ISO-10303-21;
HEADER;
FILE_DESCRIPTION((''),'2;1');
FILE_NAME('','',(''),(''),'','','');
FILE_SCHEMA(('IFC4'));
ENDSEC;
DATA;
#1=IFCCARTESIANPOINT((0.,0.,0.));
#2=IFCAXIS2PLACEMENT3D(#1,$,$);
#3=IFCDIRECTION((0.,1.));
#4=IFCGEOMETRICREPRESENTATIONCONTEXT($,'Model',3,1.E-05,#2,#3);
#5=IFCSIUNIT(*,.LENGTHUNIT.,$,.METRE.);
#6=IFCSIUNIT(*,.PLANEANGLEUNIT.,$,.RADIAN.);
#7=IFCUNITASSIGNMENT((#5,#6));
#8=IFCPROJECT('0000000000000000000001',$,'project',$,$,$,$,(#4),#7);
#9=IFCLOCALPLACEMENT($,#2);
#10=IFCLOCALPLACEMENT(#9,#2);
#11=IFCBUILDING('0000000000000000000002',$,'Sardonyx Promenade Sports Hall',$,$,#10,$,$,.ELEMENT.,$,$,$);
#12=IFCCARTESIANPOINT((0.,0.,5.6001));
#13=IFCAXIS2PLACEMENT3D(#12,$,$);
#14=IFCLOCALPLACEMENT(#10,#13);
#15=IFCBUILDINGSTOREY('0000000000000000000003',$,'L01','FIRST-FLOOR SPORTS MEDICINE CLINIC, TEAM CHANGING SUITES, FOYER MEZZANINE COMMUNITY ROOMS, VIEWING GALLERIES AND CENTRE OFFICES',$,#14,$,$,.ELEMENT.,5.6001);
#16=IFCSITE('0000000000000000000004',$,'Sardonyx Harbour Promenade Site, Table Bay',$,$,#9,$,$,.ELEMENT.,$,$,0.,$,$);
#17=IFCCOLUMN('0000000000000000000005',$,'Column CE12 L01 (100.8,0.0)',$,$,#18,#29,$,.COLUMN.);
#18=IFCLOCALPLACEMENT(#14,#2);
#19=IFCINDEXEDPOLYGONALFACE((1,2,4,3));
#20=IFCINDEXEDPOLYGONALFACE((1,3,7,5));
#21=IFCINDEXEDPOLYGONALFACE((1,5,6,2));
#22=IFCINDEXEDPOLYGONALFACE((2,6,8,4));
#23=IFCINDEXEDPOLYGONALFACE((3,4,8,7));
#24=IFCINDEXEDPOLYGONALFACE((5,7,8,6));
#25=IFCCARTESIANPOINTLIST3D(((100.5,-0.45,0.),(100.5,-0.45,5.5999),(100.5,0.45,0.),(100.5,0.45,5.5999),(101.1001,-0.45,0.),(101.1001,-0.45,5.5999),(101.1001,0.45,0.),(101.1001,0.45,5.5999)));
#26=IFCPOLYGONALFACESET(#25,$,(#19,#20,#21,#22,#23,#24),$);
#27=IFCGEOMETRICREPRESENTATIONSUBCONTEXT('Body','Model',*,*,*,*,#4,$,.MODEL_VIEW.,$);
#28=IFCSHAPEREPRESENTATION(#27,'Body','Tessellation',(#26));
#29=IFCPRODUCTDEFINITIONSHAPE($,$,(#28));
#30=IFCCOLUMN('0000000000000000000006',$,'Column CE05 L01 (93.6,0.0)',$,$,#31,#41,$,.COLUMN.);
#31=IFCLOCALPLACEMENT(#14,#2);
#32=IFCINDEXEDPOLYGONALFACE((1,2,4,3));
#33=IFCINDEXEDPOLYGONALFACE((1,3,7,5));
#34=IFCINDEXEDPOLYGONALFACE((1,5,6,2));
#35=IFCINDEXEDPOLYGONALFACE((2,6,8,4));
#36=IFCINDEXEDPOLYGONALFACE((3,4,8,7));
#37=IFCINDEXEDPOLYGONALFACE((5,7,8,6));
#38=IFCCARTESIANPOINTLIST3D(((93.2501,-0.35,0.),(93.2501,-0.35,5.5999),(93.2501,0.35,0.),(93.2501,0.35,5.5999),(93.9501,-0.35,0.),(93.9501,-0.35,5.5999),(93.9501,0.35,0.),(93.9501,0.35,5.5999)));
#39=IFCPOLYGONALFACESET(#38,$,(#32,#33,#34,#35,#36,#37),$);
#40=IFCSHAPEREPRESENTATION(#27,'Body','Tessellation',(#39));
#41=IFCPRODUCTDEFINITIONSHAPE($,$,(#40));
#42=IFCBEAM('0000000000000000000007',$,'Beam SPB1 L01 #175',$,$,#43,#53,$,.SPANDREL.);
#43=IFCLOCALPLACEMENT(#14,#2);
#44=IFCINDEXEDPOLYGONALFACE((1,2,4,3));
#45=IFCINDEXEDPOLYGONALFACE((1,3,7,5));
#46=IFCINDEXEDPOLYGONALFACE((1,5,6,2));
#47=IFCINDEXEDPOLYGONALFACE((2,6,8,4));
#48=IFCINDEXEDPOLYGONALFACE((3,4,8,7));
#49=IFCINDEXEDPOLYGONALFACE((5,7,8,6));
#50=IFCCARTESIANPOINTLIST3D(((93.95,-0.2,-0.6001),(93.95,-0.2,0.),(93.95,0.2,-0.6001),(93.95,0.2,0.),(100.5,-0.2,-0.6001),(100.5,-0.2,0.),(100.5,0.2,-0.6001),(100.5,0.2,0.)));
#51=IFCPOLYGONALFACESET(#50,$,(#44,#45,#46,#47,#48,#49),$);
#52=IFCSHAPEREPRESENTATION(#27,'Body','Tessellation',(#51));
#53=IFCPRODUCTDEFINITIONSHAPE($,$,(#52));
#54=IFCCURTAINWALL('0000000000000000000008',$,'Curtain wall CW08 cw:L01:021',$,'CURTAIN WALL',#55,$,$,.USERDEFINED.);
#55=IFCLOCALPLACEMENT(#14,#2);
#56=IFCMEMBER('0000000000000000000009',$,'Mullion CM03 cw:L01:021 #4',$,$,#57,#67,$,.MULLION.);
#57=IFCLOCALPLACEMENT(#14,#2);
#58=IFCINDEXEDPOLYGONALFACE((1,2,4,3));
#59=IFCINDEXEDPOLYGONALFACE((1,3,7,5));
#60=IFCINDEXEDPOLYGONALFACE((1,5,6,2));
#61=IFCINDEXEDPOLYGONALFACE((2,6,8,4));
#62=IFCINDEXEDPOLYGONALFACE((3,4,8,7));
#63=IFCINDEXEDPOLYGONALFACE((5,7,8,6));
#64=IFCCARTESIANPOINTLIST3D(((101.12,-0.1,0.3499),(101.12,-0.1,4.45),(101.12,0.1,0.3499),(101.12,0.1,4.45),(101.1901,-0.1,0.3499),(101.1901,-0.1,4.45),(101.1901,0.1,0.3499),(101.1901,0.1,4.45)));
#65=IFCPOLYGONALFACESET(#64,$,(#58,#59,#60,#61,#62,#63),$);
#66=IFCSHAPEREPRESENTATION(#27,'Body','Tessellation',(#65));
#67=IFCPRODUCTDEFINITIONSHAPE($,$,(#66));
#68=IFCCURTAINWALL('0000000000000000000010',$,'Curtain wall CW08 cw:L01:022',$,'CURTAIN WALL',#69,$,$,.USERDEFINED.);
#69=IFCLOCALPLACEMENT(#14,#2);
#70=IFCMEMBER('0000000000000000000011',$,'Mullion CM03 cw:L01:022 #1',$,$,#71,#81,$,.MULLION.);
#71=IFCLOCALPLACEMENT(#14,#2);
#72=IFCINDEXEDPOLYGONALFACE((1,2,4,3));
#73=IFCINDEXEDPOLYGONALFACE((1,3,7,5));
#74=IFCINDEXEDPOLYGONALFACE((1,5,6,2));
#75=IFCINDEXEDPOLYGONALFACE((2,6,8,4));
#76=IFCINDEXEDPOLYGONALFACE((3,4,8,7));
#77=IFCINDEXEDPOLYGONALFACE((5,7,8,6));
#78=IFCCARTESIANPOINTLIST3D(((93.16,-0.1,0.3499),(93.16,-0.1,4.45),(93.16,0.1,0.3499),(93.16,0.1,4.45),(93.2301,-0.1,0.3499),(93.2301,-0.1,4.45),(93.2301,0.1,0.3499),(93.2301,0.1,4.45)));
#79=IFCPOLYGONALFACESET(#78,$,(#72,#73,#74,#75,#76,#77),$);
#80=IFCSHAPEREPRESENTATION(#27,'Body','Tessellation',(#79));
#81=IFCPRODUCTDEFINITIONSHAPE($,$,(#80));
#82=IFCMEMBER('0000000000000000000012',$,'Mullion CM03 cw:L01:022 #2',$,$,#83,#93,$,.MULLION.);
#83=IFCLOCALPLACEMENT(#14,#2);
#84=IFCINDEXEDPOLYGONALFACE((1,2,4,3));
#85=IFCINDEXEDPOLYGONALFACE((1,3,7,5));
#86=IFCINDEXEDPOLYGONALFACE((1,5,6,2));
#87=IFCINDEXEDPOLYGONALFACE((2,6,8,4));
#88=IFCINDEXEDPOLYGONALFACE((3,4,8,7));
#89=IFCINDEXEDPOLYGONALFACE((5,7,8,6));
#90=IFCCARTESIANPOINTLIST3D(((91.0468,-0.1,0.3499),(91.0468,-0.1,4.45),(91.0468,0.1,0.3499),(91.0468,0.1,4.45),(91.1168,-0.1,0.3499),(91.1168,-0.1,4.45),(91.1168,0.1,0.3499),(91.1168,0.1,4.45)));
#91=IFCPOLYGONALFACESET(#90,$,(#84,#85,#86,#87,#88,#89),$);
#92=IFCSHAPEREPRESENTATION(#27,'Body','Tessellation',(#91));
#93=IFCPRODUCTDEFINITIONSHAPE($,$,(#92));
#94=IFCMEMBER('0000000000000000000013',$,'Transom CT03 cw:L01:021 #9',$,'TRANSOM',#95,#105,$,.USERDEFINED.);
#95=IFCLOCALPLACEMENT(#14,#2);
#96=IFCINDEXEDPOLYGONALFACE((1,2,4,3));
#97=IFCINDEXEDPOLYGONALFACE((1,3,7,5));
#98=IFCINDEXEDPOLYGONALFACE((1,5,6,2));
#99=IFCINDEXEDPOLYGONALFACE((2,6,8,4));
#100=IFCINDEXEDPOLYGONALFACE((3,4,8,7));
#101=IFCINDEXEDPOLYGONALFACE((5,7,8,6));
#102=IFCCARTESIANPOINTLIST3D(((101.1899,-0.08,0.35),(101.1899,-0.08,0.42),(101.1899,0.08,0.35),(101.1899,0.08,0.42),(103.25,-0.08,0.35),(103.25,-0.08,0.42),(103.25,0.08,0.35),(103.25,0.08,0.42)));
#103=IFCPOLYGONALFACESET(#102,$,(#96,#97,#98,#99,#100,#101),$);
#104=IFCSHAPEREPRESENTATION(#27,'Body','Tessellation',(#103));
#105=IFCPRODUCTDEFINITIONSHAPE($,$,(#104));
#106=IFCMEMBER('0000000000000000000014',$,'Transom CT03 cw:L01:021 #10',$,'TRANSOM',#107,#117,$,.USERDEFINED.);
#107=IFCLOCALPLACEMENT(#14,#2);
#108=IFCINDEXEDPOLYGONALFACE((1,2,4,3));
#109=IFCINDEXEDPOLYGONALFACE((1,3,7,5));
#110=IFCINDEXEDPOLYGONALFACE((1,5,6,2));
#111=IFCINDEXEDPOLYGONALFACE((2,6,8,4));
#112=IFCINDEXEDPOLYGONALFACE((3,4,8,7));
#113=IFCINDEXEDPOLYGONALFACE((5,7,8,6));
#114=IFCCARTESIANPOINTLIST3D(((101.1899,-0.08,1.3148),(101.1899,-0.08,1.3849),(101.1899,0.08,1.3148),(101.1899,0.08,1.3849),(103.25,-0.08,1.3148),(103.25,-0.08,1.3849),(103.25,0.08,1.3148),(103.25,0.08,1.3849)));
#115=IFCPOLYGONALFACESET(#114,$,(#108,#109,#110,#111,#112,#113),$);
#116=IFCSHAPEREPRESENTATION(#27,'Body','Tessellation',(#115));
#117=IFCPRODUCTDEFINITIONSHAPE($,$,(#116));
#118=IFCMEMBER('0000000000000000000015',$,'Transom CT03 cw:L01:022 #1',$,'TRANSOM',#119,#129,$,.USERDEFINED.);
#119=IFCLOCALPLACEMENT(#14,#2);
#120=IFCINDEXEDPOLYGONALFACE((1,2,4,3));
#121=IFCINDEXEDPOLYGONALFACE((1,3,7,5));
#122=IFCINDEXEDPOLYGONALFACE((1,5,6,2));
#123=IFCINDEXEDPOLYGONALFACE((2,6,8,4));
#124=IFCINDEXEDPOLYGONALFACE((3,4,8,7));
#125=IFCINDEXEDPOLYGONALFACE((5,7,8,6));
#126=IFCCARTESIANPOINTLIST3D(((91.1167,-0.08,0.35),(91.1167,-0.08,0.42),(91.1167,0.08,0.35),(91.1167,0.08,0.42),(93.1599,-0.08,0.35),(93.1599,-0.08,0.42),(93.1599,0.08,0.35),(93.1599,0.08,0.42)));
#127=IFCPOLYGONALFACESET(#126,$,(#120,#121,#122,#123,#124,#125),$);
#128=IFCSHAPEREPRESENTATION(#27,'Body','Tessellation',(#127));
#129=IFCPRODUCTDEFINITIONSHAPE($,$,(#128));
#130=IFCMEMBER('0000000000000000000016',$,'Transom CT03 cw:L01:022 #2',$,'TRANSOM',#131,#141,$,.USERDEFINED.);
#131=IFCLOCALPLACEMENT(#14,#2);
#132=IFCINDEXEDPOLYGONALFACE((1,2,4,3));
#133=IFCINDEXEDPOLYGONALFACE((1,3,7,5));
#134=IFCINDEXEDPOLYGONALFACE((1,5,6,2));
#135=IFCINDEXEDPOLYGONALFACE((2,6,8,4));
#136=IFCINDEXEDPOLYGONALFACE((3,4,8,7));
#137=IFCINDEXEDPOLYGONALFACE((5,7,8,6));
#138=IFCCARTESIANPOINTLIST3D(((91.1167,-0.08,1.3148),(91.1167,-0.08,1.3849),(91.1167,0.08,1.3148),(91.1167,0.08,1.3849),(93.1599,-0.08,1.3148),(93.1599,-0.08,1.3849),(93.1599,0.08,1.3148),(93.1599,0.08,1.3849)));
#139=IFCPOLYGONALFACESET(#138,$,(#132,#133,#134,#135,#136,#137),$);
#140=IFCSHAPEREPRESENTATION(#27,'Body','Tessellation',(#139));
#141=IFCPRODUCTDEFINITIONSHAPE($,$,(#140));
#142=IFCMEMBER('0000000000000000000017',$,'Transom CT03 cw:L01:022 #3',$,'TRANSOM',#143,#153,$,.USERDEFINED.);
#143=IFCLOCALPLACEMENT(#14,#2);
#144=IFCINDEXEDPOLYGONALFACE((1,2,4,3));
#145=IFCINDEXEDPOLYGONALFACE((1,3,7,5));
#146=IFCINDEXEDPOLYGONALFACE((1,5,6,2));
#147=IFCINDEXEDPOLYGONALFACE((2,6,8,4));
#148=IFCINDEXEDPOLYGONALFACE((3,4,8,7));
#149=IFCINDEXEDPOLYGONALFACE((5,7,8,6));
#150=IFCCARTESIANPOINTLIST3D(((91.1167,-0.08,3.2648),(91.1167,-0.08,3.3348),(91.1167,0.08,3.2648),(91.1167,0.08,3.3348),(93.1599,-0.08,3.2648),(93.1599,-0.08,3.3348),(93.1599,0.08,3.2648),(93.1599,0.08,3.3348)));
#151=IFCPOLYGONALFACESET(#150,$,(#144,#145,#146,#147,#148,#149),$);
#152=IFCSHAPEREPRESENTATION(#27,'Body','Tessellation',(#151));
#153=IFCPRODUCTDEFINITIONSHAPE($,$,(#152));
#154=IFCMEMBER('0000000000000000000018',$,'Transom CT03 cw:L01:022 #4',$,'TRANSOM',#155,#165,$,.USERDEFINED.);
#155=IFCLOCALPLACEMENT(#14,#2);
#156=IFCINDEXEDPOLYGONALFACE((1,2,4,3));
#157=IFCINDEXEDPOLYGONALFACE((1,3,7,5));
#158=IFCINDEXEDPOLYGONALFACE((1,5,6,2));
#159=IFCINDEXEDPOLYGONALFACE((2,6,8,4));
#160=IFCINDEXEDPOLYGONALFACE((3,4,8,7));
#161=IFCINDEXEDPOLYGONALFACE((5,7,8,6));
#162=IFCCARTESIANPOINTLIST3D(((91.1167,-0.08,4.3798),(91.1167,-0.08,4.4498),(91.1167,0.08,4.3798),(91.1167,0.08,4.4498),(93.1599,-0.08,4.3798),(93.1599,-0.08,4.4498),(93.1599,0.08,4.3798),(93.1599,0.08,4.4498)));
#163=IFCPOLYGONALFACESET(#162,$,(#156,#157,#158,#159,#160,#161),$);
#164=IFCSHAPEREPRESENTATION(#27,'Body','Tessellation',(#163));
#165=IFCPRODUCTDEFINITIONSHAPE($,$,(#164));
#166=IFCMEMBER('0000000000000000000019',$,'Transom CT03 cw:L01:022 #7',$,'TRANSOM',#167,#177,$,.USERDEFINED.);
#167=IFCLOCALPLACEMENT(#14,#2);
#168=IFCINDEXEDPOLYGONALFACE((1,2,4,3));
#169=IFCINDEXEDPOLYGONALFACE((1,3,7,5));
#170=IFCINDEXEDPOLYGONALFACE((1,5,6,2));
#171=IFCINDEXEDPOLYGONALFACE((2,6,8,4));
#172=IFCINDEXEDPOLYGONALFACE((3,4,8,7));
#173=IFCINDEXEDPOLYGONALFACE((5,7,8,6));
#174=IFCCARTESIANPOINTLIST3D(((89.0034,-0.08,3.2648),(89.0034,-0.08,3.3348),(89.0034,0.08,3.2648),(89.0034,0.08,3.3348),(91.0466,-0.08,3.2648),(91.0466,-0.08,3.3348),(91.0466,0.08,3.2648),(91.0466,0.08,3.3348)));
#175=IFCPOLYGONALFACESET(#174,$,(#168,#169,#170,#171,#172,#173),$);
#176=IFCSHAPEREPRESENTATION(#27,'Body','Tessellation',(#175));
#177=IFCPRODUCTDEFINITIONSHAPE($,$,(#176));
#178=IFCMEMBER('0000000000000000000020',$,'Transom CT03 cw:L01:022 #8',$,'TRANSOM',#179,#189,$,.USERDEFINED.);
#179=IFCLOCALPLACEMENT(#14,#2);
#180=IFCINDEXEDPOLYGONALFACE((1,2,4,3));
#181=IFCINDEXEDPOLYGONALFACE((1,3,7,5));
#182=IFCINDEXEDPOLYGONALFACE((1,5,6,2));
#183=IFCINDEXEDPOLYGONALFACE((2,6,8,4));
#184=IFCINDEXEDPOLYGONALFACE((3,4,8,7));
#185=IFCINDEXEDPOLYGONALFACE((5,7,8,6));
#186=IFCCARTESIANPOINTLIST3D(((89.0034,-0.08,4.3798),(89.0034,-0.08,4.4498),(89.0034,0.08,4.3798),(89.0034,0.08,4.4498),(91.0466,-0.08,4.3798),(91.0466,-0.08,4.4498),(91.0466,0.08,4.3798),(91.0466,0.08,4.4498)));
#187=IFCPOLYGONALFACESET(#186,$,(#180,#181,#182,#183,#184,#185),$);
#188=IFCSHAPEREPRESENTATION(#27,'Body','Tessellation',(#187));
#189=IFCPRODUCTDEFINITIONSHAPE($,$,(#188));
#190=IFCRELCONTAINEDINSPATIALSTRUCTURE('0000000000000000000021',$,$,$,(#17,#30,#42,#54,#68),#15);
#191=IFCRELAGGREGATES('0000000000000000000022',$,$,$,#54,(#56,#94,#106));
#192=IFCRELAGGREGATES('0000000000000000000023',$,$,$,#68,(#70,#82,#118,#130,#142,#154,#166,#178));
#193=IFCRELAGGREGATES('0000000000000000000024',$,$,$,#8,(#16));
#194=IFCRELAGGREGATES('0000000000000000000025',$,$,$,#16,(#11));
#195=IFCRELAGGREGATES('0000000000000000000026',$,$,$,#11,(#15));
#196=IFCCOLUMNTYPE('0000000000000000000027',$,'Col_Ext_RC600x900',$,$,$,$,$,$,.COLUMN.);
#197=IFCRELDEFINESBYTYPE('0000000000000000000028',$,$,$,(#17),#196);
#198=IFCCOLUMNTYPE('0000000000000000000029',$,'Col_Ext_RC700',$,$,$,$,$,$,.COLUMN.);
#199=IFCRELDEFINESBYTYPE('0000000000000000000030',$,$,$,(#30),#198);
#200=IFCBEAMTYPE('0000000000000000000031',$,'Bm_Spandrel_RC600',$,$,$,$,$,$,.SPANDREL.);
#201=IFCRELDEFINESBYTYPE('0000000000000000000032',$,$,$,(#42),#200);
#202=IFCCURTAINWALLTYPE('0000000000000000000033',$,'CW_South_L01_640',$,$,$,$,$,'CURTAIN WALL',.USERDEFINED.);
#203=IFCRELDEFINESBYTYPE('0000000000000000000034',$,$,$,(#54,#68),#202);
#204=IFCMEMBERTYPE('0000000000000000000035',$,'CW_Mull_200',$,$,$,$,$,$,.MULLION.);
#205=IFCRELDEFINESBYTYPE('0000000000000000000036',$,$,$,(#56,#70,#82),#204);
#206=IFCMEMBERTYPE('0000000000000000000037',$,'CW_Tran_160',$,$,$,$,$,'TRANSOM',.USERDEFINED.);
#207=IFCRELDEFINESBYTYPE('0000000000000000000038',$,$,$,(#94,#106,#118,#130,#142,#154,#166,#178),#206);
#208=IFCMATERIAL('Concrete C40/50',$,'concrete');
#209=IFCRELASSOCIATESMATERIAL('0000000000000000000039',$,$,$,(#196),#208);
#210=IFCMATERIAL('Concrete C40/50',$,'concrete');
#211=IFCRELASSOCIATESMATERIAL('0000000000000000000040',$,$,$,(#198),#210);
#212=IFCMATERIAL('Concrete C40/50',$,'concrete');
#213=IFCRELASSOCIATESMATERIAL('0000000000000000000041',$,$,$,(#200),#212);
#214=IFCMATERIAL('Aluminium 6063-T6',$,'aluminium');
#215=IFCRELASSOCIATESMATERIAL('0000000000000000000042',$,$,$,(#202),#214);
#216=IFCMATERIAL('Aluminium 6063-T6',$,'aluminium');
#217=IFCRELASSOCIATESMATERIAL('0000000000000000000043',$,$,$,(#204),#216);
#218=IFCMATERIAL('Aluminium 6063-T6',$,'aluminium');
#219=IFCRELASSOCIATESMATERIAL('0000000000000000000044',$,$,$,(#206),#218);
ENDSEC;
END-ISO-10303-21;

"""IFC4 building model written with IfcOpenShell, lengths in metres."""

from ifc_helpers import new_model, si_unit, direction, frame, origin, origin_2d, place, context, subcontext, project, spatial, rectangle, extrude, material, material_profile, profile_set, type_object, element, aggregate, save


model = new_model("IFC4")

# Units and contexts
model_context = context("Model", 3, precision=1e-05, world=origin(), true_north=direction((0.0, 1.0)))
body_context = subcontext(model_context, "Body", "Model", "MODEL_VIEW")
ifc_project = project(units=[si_unit("LENGTHUNIT", "METRE"), si_unit("PLANEANGLEUNIT", "RADIAN")], contexts=[model_context])

# Site, building, storey
site_placement = place(None, origin())
site = spatial("IfcSite", under=ifc_project, at=site_placement, Name="Sardonyx Harbour Promenade Site, Table Bay", CompositionType="ELEMENT", RefElevation=0.0)
building_placement = place(site_placement, origin())
building = spatial("IfcBuilding", under=site, at=building_placement, Name="Sardonyx Promenade Sports Hall", CompositionType="ELEMENT")
storey_placement = place(building_placement, frame((0.0, 0.0, 5.6001)))
storey = spatial("IfcBuildingStorey", under=building, at=storey_placement, Name="L01", Description="FIRST-FLOOR SPORTS MEDICINE CLINIC, TEAM CHANGING SUITES, FOYER MEZZANINE COMMUNITY ROOMS, VIEWING GALLERIES AND CENTRE OFFICES", CompositionType="ELEMENT", Elevation=5.6001)

# Columns
ifc_material_1 = material(Name="Concrete C40/50", Category="concrete")
ifc_material_profile_1 = material_profile(ifc_material_1, rectangle(XDim=0.6001, YDim=0.8999, at=origin_2d()))
ifc_profile_set_1 = profile_set([ifc_material_profile_1], Name="Concrete C40/50")
column_type_1 = type_object("IfcColumnType", Name="Col_Ext_RC600x900", PredefinedType="COLUMN", material=ifc_profile_set_1)
column_1_placement = place(storey_placement, frame((100.8, 0.0, 0.0), z_axis=(0.0, 0.0, 1.0), x_axis=(1.0, 0.0, 0.0)))
element("IfcColumn", 1, at=column_1_placement, inside=storey, type_object=column_type_1, Name="Column CE12 L01 (100.8,0.0)", PredefinedType="COLUMN", context=body_context, shape_type="SweptSolid", body=[
    extrude(rectangle(XDim=0.6001, YDim=0.8999, at=origin_2d()), origin(), (0.0, 0.0, 1.0), 5.5999),
])
ifc_material_2 = material(Name="Concrete C40/50", Category="concrete")
ifc_material_profile_2 = material_profile(ifc_material_2, rectangle(XDim=0.7, YDim=0.7, at=origin_2d()))
ifc_profile_set_2 = profile_set([ifc_material_profile_2], Name="Concrete C40/50")
column_type_2 = type_object("IfcColumnType", Name="Col_Ext_RC700", PredefinedType="COLUMN", material=ifc_profile_set_2)
column_2_placement = place(storey_placement, frame((93.6001, 0.0, 0.0), z_axis=(0.0, 0.0, 1.0), x_axis=(1.0, 0.0, 0.0)))
element("IfcColumn", 2, at=column_2_placement, inside=storey, type_object=column_type_2, Name="Column CE05 L01 (93.6,0.0)", PredefinedType="COLUMN", context=body_context, shape_type="SweptSolid", body=[
    extrude(rectangle(XDim=0.7, YDim=0.7, at=origin_2d()), origin(), (0.0, 0.0, 1.0), 5.5999),
])

# Beam
ifc_material_3 = material(Name="Concrete C40/50", Category="concrete")
ifc_material_profile_3 = material_profile(ifc_material_3, rectangle(XDim=0.3999, YDim=0.6001, at=origin_2d()))
ifc_profile_set_3 = profile_set([ifc_material_profile_3], Name="Concrete C40/50")
beam_type = type_object("IfcBeamType", Name="Bm_Spandrel_RC600", PredefinedType="SPANDREL", material=ifc_profile_set_3)
beam_placement = place(storey_placement, frame((93.95, 0.0, -0.3), z_axis=(1.0, 0.0, 0.0), x_axis=(0.0, 1.0, 0.0)))
element("IfcBeam", 3, at=beam_placement, inside=storey, type_object=beam_type, Name="Beam SPB1 L01 #175", PredefinedType="SPANDREL", context=body_context, shape_type="SweptSolid", body=[
    extrude(rectangle(XDim=0.3999, YDim=0.6001, at=origin_2d()), origin(), (0.0, 0.0, 1.0), 6.55),
])

# Curtain wall, member
ifc_material_4 = material(Name="Aluminium 6063-T6", Category="aluminium")
curtain_wall_type = type_object("IfcCurtainWallType", Name="CW_South_L01_640", ElementType="CURTAIN WALL", PredefinedType="USERDEFINED", material=ifc_material_4)
curtain_wall_1_placement = place(storey_placement, origin())
curtain_wall_1 = element("IfcCurtainWall", 4, at=curtain_wall_1_placement, inside=storey, type_object=curtain_wall_type, Name="Curtain wall CW08 cw:L01:021", ObjectType="CURTAIN WALL", PredefinedType="USERDEFINED")
ifc_material_5 = material(Name="Aluminium 6063-T6", Category="aluminium")
ifc_material_profile_4 = material_profile(ifc_material_5, rectangle(XDim=0.0701, YDim=0.2, at=origin_2d()))
ifc_profile_set_4 = profile_set([ifc_material_profile_4], Name="Aluminium 6063-T6")
member_type_1 = type_object("IfcMemberType", Name="CW_Mull_200", PredefinedType="MULLION", material=ifc_profile_set_4)
member_1_placement = place(storey_placement, frame((101.155, 0.0, 0.3499), z_axis=(0.0, 0.0, 1.0), x_axis=(-1.0, 0.0, 0.0)))
member_1 = element("IfcMember", 5, at=member_1_placement, type_object=member_type_1, Name="Mullion CM03 cw:L01:021 #4", PredefinedType="MULLION", context=body_context, shape_type="SweptSolid", body=[
    extrude(rectangle(XDim=0.0701, YDim=0.2, at=origin_2d()), origin(), (0.0, 0.0, 1.0), 4.1001),
])

# Curtain wall, members
curtain_wall_2_placement = place(storey_placement, origin())
curtain_wall_2 = element("IfcCurtainWall", 6, at=curtain_wall_2_placement, inside=storey, type_object=curtain_wall_type, Name="Curtain wall CW08 cw:L01:022", ObjectType="CURTAIN WALL", PredefinedType="USERDEFINED")
member_2_placement = place(storey_placement, frame((93.1951, 0.0, 0.3499), z_axis=(0.0, 0.0, 1.0), x_axis=(-1.0, 0.0, 0.0)))
member_2 = element("IfcMember", 7, at=member_2_placement, type_object=member_type_1, Name="Mullion CM03 cw:L01:022 #1", PredefinedType="MULLION", context=body_context, shape_type="SweptSolid", body=[
    extrude(rectangle(XDim=0.0701, YDim=0.2, at=origin_2d()), origin(), (0.0, 0.0, 1.0), 4.1001),
])
member_3_placement = place(storey_placement, frame((91.0818, 0.0, 0.3499), z_axis=(0.0, 0.0, 1.0), x_axis=(-1.0, 0.0, 0.0)))
member_3 = element("IfcMember", 8, at=member_3_placement, type_object=member_type_1, Name="Mullion CM03 cw:L01:022 #2", PredefinedType="MULLION", context=body_context, shape_type="SweptSolid", body=[
    extrude(rectangle(XDim=0.0701, YDim=0.2, at=origin_2d()), origin(), (0.0, 0.0, 1.0), 4.1001),
])

# Members
ifc_material_6 = material(Name="Aluminium 6063-T6", Category="aluminium")
ifc_material_profile_5 = material_profile(ifc_material_6, rectangle(XDim=0.0701, YDim=0.1599, at=origin_2d()))
ifc_profile_set_5 = profile_set([ifc_material_profile_5], Name="Aluminium 6063-T6")
member_type_2 = type_object("IfcMemberType", Name="CW_Tran_160", ElementType="TRANSOM", PredefinedType="USERDEFINED", material=ifc_profile_set_5)
member_4_placement = place(storey_placement, frame((103.25, 0.0, 0.385), z_axis=(-1.0, 0.0, 0.0), x_axis=(0.0, 0.0, 1.0)))
member_4 = element("IfcMember", 9, at=member_4_placement, type_object=member_type_2, Name="Transom CT03 cw:L01:021 #9", ObjectType="TRANSOM", PredefinedType="USERDEFINED", context=body_context, shape_type="SweptSolid", body=[
    extrude(rectangle(XDim=0.0701, YDim=0.1599, at=origin_2d()), origin(), (0.0, 0.0, 1.0), 2.0601),
])
member_5_placement = place(storey_placement, frame((103.25, 0.0, 1.3499), z_axis=(-1.0, 0.0, 0.0), x_axis=(0.0, 0.0, 1.0)))
member_5 = element("IfcMember", 10, at=member_5_placement, type_object=member_type_2, Name="Transom CT03 cw:L01:021 #10", ObjectType="TRANSOM", PredefinedType="USERDEFINED", context=body_context, shape_type="SweptSolid", body=[
    extrude(rectangle(XDim=0.0701, YDim=0.1599, at=origin_2d()), origin(), (0.0, 0.0, 1.0), 2.0601),
])
member_6_placement = place(storey_placement, frame((93.1599, 0.0, 0.385), z_axis=(-1.0, 0.0, 0.0), x_axis=(0.0, 0.0, 1.0)))
member_6 = element("IfcMember", 11, at=member_6_placement, type_object=member_type_2, Name="Transom CT03 cw:L01:022 #1", ObjectType="TRANSOM", PredefinedType="USERDEFINED", context=body_context, shape_type="SweptSolid", body=[
    extrude(rectangle(XDim=0.0701, YDim=0.1599, at=origin_2d()), origin(), (0.0, 0.0, 1.0), 2.0432),
])
member_7_placement = place(storey_placement, frame((93.1599, 0.0, 1.3499), z_axis=(-1.0, 0.0, 0.0), x_axis=(0.0, 0.0, 1.0)))
member_7 = element("IfcMember", 12, at=member_7_placement, type_object=member_type_2, Name="Transom CT03 cw:L01:022 #2", ObjectType="TRANSOM", PredefinedType="USERDEFINED", context=body_context, shape_type="SweptSolid", body=[
    extrude(rectangle(XDim=0.0701, YDim=0.1599, at=origin_2d()), origin(), (0.0, 0.0, 1.0), 2.0432),
])
member_8_placement = place(storey_placement, frame((93.1599, 0.0, 3.2998), z_axis=(-1.0, 0.0, 0.0), x_axis=(0.0, 0.0, 1.0)))
member_8 = element("IfcMember", 13, at=member_8_placement, type_object=member_type_2, Name="Transom CT03 cw:L01:022 #3", ObjectType="TRANSOM", PredefinedType="USERDEFINED", context=body_context, shape_type="SweptSolid", body=[
    extrude(rectangle(XDim=0.0701, YDim=0.1599, at=origin_2d()), origin(), (0.0, 0.0, 1.0), 2.0432),
])
member_9_placement = place(storey_placement, frame((93.1599, 0.0, 4.4148), z_axis=(-1.0, 0.0, 0.0), x_axis=(0.0, 0.0, 1.0)))
member_9 = element("IfcMember", 14, at=member_9_placement, type_object=member_type_2, Name="Transom CT03 cw:L01:022 #4", ObjectType="TRANSOM", PredefinedType="USERDEFINED", context=body_context, shape_type="SweptSolid", body=[
    extrude(rectangle(XDim=0.0701, YDim=0.1599, at=origin_2d()), origin(), (0.0, 0.0, 1.0), 2.0432),
])
member_10_placement = place(storey_placement, frame((91.0466, 0.0, 3.2998), z_axis=(-1.0, 0.0, 0.0), x_axis=(0.0, 0.0, 1.0)))
member_10 = element("IfcMember", 15, at=member_10_placement, type_object=member_type_2, Name="Transom CT03 cw:L01:022 #7", ObjectType="TRANSOM", PredefinedType="USERDEFINED", context=body_context, shape_type="SweptSolid", body=[
    extrude(rectangle(XDim=0.0701, YDim=0.1599, at=origin_2d()), origin(), (0.0, 0.0, 1.0), 2.0432),
])
member_11_placement = place(storey_placement, frame((91.0466, 0.0, 4.4148), z_axis=(-1.0, 0.0, 0.0), x_axis=(0.0, 0.0, 1.0)))
member_11 = element("IfcMember", 16, at=member_11_placement, type_object=member_type_2, Name="Transom CT03 cw:L01:022 #8", ObjectType="TRANSOM", PredefinedType="USERDEFINED", context=body_context, shape_type="SweptSolid", body=[
    extrude(rectangle(XDim=0.0701, YDim=0.1599, at=origin_2d()), origin(), (0.0, 0.0, 1.0), 2.0432),
])

aggregate(curtain_wall_1, [member_1, member_4, member_5])
aggregate(curtain_wall_2, [member_2, member_3, member_6, member_7, member_8, member_9, member_10, member_11])

save(model, "model.ifc")
